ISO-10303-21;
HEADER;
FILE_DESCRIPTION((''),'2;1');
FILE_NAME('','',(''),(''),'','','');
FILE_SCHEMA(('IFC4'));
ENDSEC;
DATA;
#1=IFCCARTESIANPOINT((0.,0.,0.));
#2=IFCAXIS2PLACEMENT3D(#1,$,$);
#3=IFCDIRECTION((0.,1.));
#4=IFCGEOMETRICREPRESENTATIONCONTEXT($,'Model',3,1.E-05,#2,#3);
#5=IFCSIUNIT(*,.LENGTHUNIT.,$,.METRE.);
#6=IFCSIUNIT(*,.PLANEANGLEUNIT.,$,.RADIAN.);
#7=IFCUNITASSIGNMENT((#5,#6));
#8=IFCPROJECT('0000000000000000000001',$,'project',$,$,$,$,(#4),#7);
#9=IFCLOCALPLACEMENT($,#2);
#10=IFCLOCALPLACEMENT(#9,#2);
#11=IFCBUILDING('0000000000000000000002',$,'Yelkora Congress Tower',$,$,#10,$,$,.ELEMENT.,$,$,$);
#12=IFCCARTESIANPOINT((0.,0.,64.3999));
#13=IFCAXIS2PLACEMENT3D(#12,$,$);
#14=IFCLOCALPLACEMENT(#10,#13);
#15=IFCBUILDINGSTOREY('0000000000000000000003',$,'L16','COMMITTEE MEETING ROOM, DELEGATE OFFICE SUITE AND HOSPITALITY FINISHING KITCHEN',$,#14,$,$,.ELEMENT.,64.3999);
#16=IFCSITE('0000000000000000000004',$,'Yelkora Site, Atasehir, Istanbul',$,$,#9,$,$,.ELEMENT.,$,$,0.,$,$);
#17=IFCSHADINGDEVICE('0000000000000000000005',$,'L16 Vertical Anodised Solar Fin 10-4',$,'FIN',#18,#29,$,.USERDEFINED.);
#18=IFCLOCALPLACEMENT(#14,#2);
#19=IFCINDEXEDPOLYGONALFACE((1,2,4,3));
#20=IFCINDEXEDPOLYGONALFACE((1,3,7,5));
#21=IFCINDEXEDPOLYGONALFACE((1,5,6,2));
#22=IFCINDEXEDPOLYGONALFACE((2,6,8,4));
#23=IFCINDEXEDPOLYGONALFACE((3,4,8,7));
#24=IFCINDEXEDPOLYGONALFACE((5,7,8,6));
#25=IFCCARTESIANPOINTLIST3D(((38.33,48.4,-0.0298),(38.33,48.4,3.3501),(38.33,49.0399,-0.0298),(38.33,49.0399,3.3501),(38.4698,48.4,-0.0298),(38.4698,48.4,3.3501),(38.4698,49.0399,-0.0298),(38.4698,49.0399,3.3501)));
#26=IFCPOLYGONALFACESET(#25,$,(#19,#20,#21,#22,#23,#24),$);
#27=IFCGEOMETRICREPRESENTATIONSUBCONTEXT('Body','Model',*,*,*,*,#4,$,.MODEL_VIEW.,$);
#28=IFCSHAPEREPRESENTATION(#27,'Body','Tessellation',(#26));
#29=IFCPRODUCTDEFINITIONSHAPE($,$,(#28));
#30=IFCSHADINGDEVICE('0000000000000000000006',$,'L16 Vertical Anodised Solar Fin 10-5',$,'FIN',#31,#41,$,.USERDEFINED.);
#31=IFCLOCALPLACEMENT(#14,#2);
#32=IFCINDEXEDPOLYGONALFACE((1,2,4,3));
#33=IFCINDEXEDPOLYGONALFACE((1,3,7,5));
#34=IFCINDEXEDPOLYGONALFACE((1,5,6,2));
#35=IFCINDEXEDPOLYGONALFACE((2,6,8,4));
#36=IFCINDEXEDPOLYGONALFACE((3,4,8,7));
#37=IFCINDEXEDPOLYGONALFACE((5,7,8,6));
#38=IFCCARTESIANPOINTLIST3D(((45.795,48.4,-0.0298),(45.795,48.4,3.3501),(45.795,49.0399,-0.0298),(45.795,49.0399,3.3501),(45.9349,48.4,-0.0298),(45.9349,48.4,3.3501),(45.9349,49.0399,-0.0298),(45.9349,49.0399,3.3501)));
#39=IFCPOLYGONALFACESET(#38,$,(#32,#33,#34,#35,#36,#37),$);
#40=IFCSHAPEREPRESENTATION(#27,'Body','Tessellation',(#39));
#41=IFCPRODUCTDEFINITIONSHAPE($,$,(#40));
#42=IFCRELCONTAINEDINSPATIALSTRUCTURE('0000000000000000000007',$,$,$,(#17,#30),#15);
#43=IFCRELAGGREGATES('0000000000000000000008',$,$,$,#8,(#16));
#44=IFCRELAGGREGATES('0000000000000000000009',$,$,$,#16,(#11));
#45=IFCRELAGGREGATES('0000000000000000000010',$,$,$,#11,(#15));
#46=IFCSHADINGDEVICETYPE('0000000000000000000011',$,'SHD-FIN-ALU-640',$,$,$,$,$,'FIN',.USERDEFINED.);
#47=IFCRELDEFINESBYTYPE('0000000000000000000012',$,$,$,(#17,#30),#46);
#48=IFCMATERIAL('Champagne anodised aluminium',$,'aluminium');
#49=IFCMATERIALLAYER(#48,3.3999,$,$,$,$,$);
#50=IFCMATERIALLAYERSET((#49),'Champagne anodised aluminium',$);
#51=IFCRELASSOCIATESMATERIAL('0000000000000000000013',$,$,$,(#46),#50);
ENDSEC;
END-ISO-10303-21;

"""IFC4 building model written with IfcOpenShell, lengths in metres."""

from ifc_helpers import new_model, si_unit, direction, frame, origin, origin_2d, place, context, subcontext, project, spatial, rectangle, extrude, material, layer, layer_set, type_object, element, save


model = new_model("IFC4")

# Units and contexts
model_context = context("Model", 3, precision=1e-05, world=origin(), true_north=direction((0.0, 1.0)))
body_context = subcontext(model_context, "Body", "Model", "MODEL_VIEW")
ifc_project = project(units=[si_unit("LENGTHUNIT", "METRE"), si_unit("PLANEANGLEUNIT", "RADIAN")], contexts=[model_context])

# Site, building, storey
site_placement = place(None, origin())
site = spatial("IfcSite", under=ifc_project, at=site_placement, Name="Yelkora Site, Atasehir, Istanbul", CompositionType="ELEMENT", RefElevation=0.0)
building_placement = place(site_placement, origin())
building = spatial("IfcBuilding", under=site, at=building_placement, Name="Yelkora Congress Tower", CompositionType="ELEMENT")
storey_placement = place(building_placement, frame((0.0, 0.0, 64.3999)))
storey = spatial("IfcBuildingStorey", under=building, at=storey_placement, Name="L16", Description="COMMITTEE MEETING ROOM, DELEGATE OFFICE SUITE AND HOSPITALITY FINISHING KITCHEN", CompositionType="ELEMENT", Elevation=64.3999)

# Shading devices
ifc_material_1 = material(Name="Champagne anodised aluminium", Category="aluminium")
ifc_layer_1 = layer(ifc_material_1, 3.3999)
ifc_layer_set_1 = layer_set([ifc_layer_1], Name="Champagne anodised aluminium")
shading_device_type = type_object("IfcShadingDeviceType", Name="SHD-FIN-ALU-640", ElementType="FIN", PredefinedType="USERDEFINED", material=ifc_layer_set_1)
for number, where, z_axis, x_axis, name in (
    (1, (38.3999, 48.72, -0.0298), (0.0, 0.0, 1.0), (1.0, 0.0, 0.0), "L16 Vertical Anodised Solar Fin 10-4"),
    (2, (45.865, 48.72, -0.0298), (0.0, 0.0, 1.0), (1.0, 0.0, 0.0), "L16 Vertical Anodised Solar Fin 10-5"),
):
    element("IfcShadingDevice", number, at=place(storey_placement, frame(where, z_axis=z_axis, x_axis=x_axis)), inside=storey, type_object=shading_device_type, Name=name, ObjectType="FIN", PredefinedType="USERDEFINED", context=body_context, shape_type="SweptSolid", body=[
        extrude(rectangle(XDim=0.1399, YDim=0.6399, at=origin_2d()), origin(), (0.0, 0.0, 1.0), 3.3799),
    ])

save(model, "model.ifc")
